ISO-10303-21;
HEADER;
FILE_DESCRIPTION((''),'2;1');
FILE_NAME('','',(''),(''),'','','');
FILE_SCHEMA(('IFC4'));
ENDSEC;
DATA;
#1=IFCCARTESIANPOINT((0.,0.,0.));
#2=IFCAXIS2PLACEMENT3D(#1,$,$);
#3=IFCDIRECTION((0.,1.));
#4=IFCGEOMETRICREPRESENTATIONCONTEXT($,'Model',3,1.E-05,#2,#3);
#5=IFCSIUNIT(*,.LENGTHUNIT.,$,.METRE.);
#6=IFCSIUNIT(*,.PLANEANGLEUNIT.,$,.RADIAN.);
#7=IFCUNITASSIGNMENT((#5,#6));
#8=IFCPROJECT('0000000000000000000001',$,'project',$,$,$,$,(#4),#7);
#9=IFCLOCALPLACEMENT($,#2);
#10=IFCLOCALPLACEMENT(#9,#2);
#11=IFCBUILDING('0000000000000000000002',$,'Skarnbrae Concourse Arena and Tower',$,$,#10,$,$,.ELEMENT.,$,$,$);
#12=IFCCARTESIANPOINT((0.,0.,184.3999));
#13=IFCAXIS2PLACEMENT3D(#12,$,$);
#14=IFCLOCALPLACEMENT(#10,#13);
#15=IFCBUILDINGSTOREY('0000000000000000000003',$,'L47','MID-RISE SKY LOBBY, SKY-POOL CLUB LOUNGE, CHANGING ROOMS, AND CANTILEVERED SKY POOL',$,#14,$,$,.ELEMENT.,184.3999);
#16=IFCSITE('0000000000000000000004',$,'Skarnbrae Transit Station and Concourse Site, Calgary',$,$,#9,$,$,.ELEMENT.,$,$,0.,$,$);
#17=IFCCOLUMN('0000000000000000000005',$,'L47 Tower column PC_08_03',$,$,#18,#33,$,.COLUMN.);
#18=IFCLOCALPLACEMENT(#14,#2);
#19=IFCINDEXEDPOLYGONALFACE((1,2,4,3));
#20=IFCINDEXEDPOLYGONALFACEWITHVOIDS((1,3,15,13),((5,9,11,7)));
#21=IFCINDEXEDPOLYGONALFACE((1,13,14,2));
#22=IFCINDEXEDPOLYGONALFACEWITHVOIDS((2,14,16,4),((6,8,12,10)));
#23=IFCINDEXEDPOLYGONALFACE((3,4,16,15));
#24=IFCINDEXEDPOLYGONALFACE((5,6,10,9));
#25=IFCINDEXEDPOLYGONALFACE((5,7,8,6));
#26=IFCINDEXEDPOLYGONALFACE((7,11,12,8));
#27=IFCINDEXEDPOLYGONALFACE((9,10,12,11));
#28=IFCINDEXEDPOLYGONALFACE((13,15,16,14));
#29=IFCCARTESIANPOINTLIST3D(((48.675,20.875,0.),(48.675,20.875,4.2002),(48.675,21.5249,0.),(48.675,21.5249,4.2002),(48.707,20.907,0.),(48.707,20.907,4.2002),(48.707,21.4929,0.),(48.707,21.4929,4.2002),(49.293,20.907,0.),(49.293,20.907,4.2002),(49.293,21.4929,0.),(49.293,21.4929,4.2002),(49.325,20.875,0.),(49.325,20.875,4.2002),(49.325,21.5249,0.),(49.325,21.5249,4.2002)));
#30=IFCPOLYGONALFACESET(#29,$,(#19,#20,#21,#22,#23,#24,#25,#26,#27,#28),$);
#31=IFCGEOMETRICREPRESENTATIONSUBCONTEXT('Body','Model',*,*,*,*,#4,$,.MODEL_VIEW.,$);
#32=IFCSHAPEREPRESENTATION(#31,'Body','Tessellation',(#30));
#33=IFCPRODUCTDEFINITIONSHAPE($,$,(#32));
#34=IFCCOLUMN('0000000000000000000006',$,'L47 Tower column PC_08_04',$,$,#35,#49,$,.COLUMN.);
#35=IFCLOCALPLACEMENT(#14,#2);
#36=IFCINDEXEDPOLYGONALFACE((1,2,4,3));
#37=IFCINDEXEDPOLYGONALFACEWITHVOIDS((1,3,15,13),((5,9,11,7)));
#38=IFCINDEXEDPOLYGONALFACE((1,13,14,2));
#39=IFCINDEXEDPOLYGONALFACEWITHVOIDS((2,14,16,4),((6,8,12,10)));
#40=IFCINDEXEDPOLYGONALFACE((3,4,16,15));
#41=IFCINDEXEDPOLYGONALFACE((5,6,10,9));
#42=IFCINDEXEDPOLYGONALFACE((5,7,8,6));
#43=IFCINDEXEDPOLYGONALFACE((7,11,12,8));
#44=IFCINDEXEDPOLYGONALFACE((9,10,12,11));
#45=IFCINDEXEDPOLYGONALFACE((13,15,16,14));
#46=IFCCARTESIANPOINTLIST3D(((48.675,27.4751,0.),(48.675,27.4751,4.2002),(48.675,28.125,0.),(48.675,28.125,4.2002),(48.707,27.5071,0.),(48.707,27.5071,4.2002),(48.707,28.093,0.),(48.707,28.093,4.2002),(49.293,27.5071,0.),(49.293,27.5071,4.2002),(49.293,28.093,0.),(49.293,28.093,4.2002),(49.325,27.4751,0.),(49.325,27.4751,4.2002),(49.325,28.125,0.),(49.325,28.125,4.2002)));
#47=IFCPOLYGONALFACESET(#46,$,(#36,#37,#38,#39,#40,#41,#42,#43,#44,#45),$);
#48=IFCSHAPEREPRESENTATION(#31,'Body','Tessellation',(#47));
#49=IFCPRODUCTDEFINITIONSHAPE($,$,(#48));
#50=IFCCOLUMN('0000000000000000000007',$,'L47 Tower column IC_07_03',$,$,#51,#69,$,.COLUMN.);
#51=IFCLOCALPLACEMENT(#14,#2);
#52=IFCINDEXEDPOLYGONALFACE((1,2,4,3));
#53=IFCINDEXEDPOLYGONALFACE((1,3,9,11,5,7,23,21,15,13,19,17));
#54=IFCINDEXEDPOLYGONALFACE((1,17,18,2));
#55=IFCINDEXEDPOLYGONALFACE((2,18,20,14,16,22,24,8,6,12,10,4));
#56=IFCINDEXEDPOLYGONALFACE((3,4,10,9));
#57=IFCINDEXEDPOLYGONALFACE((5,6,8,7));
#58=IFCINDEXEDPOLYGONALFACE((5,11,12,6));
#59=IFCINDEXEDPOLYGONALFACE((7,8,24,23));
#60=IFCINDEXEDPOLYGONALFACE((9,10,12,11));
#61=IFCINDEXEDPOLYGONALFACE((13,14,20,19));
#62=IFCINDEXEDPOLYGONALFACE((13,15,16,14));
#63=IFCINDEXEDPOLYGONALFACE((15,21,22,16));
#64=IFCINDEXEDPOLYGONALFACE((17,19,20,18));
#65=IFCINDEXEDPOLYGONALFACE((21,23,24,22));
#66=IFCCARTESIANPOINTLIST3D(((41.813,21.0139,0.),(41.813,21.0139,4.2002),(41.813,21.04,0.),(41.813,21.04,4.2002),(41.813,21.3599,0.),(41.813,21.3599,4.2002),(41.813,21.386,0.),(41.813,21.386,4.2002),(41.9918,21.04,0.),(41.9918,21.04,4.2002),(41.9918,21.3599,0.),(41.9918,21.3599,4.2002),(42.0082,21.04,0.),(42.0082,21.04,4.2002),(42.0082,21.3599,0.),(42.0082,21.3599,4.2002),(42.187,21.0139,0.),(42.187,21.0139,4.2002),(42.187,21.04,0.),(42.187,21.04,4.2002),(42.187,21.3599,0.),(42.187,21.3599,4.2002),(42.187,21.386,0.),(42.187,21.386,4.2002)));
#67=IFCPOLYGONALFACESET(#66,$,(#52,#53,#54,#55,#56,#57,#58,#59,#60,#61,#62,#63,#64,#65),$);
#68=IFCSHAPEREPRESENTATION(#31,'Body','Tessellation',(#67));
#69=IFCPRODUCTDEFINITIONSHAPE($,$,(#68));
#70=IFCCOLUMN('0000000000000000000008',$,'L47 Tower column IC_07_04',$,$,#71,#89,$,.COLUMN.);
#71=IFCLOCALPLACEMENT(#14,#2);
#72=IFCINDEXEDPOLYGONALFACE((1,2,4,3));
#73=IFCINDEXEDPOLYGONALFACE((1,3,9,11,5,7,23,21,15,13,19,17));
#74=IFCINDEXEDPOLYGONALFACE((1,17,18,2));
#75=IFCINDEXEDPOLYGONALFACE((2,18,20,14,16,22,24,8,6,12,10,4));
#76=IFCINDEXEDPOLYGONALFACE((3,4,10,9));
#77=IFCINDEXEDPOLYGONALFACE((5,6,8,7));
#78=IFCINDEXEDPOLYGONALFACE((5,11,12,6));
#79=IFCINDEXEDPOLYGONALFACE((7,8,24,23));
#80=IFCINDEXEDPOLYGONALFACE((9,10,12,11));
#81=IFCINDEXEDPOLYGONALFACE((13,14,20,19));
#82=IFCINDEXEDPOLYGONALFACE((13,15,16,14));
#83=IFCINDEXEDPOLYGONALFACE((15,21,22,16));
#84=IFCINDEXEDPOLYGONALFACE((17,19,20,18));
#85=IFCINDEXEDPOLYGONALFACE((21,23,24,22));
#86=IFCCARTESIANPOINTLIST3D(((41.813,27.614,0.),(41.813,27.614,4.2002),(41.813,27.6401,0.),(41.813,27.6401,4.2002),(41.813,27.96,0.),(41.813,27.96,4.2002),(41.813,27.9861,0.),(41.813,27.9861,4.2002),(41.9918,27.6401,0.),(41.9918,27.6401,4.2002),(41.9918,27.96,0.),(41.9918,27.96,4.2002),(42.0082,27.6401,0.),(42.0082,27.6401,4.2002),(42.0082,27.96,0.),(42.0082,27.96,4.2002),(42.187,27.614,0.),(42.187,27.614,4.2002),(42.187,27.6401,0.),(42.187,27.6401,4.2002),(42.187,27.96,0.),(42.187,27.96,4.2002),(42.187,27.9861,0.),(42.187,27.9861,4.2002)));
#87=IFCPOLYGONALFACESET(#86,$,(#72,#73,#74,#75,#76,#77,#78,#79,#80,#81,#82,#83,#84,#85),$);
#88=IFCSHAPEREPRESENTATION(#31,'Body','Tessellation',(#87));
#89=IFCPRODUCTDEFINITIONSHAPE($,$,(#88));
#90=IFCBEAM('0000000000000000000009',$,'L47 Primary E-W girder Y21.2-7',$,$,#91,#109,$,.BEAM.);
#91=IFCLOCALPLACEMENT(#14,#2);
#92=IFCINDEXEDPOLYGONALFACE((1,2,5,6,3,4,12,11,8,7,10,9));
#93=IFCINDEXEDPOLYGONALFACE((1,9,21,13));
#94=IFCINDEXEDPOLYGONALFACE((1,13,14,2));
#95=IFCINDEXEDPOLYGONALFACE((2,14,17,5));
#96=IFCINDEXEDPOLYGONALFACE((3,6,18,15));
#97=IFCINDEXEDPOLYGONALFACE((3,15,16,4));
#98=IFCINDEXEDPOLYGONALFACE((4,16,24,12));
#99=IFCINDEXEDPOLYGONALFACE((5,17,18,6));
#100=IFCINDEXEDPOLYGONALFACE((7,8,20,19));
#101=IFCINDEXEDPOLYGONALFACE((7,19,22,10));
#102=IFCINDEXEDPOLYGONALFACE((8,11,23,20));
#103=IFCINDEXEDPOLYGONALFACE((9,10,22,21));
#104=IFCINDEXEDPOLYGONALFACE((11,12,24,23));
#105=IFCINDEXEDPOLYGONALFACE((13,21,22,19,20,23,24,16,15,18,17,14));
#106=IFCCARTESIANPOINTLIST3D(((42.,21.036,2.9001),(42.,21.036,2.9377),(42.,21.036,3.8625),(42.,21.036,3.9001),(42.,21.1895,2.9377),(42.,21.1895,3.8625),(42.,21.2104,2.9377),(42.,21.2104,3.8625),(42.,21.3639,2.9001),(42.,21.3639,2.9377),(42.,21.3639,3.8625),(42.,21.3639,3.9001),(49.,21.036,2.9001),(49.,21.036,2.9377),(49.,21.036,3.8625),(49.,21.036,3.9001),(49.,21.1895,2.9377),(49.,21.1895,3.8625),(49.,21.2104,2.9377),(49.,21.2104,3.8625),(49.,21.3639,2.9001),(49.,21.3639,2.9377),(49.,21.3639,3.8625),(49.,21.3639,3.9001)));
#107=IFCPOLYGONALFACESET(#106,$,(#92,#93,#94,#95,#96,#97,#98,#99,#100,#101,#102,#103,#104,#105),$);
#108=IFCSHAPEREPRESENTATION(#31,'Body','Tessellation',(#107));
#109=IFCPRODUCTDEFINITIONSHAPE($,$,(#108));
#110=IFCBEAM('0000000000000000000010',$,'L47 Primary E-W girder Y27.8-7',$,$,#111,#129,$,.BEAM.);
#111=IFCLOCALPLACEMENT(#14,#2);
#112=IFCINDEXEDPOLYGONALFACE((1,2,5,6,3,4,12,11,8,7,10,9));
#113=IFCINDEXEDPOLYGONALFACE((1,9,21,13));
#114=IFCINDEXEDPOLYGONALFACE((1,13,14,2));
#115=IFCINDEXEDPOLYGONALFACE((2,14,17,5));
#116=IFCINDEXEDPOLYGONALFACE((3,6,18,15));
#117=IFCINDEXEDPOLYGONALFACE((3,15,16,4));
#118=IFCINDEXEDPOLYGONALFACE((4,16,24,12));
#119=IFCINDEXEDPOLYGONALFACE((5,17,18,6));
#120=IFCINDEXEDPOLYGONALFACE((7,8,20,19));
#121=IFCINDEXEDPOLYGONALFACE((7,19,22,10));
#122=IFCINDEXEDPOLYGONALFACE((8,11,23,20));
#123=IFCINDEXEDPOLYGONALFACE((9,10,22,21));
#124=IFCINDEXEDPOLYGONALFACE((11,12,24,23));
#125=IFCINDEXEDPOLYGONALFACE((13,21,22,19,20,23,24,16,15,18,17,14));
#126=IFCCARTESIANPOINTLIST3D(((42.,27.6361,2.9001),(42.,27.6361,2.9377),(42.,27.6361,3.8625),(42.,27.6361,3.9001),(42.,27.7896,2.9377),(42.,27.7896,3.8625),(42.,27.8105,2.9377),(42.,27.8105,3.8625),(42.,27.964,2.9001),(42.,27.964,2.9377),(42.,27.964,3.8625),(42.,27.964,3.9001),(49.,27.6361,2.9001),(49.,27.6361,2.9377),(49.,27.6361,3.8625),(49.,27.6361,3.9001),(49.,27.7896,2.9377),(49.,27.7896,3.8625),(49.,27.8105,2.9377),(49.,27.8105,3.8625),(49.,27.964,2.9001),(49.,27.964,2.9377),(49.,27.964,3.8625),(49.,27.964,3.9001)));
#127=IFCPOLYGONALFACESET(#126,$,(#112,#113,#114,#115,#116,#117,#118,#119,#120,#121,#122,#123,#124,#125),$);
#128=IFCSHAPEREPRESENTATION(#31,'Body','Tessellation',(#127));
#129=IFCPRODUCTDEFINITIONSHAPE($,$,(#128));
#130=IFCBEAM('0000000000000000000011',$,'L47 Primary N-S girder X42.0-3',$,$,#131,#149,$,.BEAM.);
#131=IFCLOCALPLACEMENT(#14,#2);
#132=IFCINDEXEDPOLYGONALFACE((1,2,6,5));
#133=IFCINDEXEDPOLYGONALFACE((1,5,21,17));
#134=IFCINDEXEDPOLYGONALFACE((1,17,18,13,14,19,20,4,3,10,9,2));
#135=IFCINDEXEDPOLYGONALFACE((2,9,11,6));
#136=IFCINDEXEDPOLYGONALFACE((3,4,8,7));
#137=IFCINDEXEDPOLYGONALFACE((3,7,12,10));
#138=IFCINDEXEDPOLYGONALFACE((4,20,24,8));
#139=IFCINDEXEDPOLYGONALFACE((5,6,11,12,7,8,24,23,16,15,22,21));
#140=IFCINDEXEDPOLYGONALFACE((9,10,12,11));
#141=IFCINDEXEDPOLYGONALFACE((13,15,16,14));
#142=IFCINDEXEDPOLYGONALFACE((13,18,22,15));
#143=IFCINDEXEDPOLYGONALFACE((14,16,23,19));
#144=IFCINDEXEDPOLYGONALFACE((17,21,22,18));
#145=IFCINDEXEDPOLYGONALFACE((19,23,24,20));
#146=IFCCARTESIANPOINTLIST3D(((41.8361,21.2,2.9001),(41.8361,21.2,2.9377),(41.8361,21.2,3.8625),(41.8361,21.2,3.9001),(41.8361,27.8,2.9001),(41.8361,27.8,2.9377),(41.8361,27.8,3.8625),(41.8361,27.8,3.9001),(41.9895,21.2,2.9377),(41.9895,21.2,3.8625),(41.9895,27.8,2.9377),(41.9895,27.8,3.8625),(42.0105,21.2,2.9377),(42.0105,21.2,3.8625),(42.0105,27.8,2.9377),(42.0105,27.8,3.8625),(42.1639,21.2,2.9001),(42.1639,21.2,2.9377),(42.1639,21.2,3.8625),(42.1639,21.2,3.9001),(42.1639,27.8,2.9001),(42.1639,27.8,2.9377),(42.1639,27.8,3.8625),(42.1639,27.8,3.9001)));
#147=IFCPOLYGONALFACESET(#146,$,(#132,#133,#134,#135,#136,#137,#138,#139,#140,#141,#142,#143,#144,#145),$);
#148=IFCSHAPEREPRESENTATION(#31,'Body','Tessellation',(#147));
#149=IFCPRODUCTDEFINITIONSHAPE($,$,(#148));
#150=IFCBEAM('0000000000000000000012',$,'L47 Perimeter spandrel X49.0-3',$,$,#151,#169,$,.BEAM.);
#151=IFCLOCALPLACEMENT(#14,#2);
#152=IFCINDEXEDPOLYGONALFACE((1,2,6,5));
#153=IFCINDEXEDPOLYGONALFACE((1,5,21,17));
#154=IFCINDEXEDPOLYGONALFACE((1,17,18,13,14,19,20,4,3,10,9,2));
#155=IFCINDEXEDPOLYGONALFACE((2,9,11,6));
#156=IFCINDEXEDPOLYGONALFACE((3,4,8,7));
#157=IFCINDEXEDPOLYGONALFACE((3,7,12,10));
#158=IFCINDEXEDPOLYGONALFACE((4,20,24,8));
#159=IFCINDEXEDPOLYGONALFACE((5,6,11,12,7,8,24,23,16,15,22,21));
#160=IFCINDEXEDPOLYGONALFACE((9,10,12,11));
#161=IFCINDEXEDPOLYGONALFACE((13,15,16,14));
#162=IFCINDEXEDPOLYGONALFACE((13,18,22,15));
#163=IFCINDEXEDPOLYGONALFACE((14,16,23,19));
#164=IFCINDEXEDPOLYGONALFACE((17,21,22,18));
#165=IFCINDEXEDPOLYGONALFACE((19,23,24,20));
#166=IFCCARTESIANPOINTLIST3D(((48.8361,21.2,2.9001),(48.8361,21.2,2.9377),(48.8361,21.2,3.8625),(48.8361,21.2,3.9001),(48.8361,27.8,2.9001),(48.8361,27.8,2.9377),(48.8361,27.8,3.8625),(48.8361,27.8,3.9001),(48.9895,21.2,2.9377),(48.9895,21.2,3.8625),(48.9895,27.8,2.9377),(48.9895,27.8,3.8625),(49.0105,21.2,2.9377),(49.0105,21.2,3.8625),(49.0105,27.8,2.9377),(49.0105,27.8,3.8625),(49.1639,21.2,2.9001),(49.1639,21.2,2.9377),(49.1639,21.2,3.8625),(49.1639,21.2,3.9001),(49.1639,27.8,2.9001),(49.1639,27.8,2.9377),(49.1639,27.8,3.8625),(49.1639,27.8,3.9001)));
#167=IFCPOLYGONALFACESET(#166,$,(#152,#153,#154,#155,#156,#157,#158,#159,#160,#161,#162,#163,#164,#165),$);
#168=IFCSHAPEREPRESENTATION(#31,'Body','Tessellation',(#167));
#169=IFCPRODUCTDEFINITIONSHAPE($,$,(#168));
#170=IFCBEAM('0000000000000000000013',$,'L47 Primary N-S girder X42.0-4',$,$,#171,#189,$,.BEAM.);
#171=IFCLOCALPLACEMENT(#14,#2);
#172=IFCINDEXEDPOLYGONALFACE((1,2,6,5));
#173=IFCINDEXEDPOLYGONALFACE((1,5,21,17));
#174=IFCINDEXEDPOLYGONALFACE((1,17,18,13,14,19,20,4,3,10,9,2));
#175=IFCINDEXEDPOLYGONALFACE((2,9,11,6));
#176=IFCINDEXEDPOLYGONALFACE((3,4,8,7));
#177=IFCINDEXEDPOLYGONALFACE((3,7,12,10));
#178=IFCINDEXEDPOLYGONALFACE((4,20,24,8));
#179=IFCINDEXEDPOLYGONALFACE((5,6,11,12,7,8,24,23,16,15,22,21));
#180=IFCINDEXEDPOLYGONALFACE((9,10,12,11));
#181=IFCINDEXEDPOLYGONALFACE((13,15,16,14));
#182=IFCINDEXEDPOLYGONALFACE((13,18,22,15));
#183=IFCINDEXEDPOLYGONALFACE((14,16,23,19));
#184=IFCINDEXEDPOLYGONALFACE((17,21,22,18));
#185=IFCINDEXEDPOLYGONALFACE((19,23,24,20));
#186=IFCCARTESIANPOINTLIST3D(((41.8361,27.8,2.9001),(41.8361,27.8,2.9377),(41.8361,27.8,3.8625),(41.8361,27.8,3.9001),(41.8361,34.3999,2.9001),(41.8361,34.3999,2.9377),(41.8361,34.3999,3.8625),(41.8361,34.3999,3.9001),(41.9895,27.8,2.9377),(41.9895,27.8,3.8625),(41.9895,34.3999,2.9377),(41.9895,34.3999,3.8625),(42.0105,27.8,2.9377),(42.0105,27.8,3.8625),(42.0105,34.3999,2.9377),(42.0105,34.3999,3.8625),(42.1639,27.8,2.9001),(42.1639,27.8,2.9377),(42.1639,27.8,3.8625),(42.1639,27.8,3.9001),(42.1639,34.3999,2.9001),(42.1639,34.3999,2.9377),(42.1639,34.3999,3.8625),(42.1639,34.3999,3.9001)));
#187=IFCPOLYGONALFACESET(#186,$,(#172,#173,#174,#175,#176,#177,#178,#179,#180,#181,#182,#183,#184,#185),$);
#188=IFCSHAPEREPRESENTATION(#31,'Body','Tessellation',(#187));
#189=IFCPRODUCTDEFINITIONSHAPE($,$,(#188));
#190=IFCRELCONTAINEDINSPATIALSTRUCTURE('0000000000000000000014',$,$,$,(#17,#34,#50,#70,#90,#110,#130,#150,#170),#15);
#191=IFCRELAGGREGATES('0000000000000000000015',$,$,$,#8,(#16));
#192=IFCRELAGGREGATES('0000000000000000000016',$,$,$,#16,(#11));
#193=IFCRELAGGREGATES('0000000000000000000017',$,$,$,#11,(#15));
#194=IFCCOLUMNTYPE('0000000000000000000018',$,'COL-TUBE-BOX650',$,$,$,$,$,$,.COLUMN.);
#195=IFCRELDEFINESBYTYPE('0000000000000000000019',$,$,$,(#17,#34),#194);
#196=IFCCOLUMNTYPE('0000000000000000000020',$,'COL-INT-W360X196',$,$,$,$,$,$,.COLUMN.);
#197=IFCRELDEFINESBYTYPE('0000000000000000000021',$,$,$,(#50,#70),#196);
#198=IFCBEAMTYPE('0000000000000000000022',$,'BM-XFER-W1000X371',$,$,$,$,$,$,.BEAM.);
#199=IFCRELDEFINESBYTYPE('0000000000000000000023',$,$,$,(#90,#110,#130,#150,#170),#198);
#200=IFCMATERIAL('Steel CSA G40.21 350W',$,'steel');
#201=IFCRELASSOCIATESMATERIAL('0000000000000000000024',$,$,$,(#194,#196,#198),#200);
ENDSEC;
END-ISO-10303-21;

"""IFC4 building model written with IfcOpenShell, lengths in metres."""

from ifc_helpers import new_model, si_unit, direction, frame, origin, origin_2d, place, context, subcontext, project, spatial, hollow_rectangle, i_section, extrude, source, transform, mapped, material, material_profile, profile_set, type_object, element, save


model = new_model("IFC4")

# Units and contexts
model_context = context("Model", 3, precision=1e-05, world=origin(), true_north=direction((0.0, 1.0)))
body_context = subcontext(model_context, "Body", "Model", "MODEL_VIEW")
ifc_project = project(units=[si_unit("LENGTHUNIT", "METRE"), si_unit("PLANEANGLEUNIT", "RADIAN")], contexts=[model_context])

# Site, building, storey
site_placement = place(None, origin())
site = spatial("IfcSite", under=ifc_project, at=site_placement, Name="Skarnbrae Transit Station and Concourse Site, Calgary", CompositionType="ELEMENT", RefElevation=0.0)
building_placement = place(site_placement, origin())
building = spatial("IfcBuilding", under=site, at=building_placement, Name="Skarnbrae Concourse Arena and Tower", CompositionType="ELEMENT")
storey_placement = place(building_placement, frame((0.0, 0.0, 184.3999)))
storey = spatial("IfcBuildingStorey", under=building, at=storey_placement, Name="L47", Description="MID-RISE SKY LOBBY, SKY-POOL CLUB LOUNGE, CHANGING ROOMS, AND CANTILEVERED SKY POOL", CompositionType="ELEMENT", Elevation=184.3999)

# Columns
ifc_material_1 = material(Name="Steel CSA G40.21 350W", Category="steel")
ifc_material_profile_1 = material_profile(ifc_material_1, hollow_rectangle(XDim=0.6499, YDim=0.6499, WallThickness=0.032, at=origin_2d()), Name="BOX650X650X32")
ifc_profile_set_1 = profile_set([ifc_material_profile_1], Name="Steel CSA G40.21 350W")
column_type_1 = type_object("IfcColumnType", Name="COL-TUBE-BOX650", PredefinedType="COLUMN", material=ifc_profile_set_1)
shared_shape_1 = source(origin(), body_context, "Body", "SweptSolid", [
    extrude(hollow_rectangle(XDim=0.6499, YDim=0.6499, WallThickness=0.032, at=origin_2d()), origin(), (0.0, 0.0, 1.0), 4.2002),
])
for number, where, z_axis, x_axis, name in (
    (1, (49.0, 21.2, 0.0), (0.0, 0.0, 1.0), (1.0, 0.0, 0.0), "L47 Tower column PC_08_03"),
    (2, (49.0, 27.8, 0.0), (0.0, 0.0, 1.0), (1.0, 0.0, 0.0), "L47 Tower column PC_08_04"),
):
    element("IfcColumn", number, at=place(storey_placement, frame(where, z_axis=z_axis, x_axis=x_axis)), inside=storey, type_object=column_type_1, Name=name, PredefinedType="COLUMN", context=body_context, shape_type="MappedRepresentation", body=[
        mapped(shared_shape_1, transform((0.0, 0.0, 0.0))),
    ])
ifc_material_profile_2 = material_profile(ifc_material_1, i_section(OverallWidth=0.374, OverallDepth=0.3721, WebThickness=0.0164, FlangeThickness=0.0261, at=origin_2d()), Name="W360X196")
ifc_profile_set_2 = profile_set([ifc_material_profile_2], Name="Steel CSA G40.21 350W")
column_type_2 = type_object("IfcColumnType", Name="COL-INT-W360X196", PredefinedType="COLUMN", material=ifc_profile_set_2)
shared_shape_2 = source(origin(), body_context, "Body", "SweptSolid", [
    extrude(i_section(OverallWidth=0.374, OverallDepth=0.3721, WebThickness=0.0164, FlangeThickness=0.0261, at=origin_2d()), origin(), (0.0, 0.0, 1.0), 4.2002),
])
for number, where, z_axis, x_axis, name in (
    (3, (42.0, 21.2, 0.0), (0.0, 0.0, 1.0), (1.0, 0.0, 0.0), "L47 Tower column IC_07_03"),
    (4, (42.0, 27.8, 0.0), (0.0, 0.0, 1.0), (1.0, 0.0, 0.0), "L47 Tower column IC_07_04"),
):
    element("IfcColumn", number, at=place(storey_placement, frame(where, z_axis=z_axis, x_axis=x_axis)), inside=storey, type_object=column_type_2, Name=name, PredefinedType="COLUMN", context=body_context, shape_type="MappedRepresentation", body=[
        mapped(shared_shape_2, transform((0.0, 0.0, 0.0))),
    ])

# Beams
ifc_material_profile_3 = material_profile(ifc_material_1, i_section(OverallWidth=0.3279, OverallDepth=1.0, WebThickness=0.021, FlangeThickness=0.0376, at=origin_2d()), Name="W1000X371")
ifc_profile_set_3 = profile_set([ifc_material_profile_3], Name="Steel CSA G40.21 350W")
beam_type_1 = type_object("IfcBeamType", Name="BM-XFER-W1000X371", PredefinedType="BEAM", material=ifc_profile_set_3)
shared_shape_3 = source(origin(), body_context, "Body", "SweptSolid", [
    extrude(i_section(OverallWidth=0.3279, OverallDepth=1.0, WebThickness=0.021, FlangeThickness=0.0376, at=origin_2d()), origin(), (0.0, 0.0, 1.0), 7.0),
])
for number, where, z_axis, x_axis, name in (
    (5, (42.0, 21.2, 3.4001), (1.0, 0.0, 0.0), (0.0, 1.0, 0.0), "L47 Primary E-W girder Y21.2-7"),
    (6, (42.0, 27.8, 3.4001), (1.0, 0.0, 0.0), (0.0, 1.0, 0.0), "L47 Primary E-W girder Y27.8-7"),
):
    element("IfcBeam", number, at=place(storey_placement, frame(where, z_axis=z_axis, x_axis=x_axis)), inside=storey, type_object=beam_type_1, Name=name, PredefinedType="BEAM", context=body_context, shape_type="MappedRepresentation", body=[
        mapped(shared_shape_3, transform((0.0, 0.0, 0.0))),
    ])
shared_shape_4 = source(origin(), body_context, "Body", "SweptSolid", [
    extrude(i_section(OverallWidth=0.3279, OverallDepth=1.0, WebThickness=0.021, FlangeThickness=0.0376, at=origin_2d()), origin(), (0.0, 0.0, 1.0), 6.6001),
])
for number, where, z_axis, x_axis, name in (
    (7, (42.0, 21.2, 3.4001), (0.0, 1.0, 0.0), (-1.0, 0.0, 0.0), "L47 Primary N-S girder X42.0-3"),
    (8, (49.0, 21.2, 3.4001), (0.0, 1.0, 0.0), (-1.0, 0.0, 0.0), "L47 Perimeter spandrel X49.0-3"),
):
    element("IfcBeam", number, at=place(storey_placement, frame(where, z_axis=z_axis, x_axis=x_axis)), inside=storey, type_object=beam_type_1, Name=name, PredefinedType="BEAM", context=body_context, shape_type="MappedRepresentation", body=[
        mapped(shared_shape_4, transform((0.0, 0.0, 0.0))),
    ])
shared_shape_5 = source(origin(), body_context, "Body", "SweptSolid", [
    extrude(i_section(OverallWidth=0.3279, OverallDepth=1.0, WebThickness=0.021, FlangeThickness=0.0376, at=origin_2d()), origin(), (0.0, 0.0, 1.0), 6.5999),
])
beam_placement = place(storey_placement, frame((42.0, 27.8, 3.4001), z_axis=(0.0, 1.0, 0.0), x_axis=(-1.0, 0.0, 0.0)))
element("IfcBeam", 9, at=beam_placement, inside=storey, type_object=beam_type_1, Name="L47 Primary N-S girder X42.0-4", PredefinedType="BEAM", context=body_context, shape_type="MappedRepresentation", body=[
    mapped(shared_shape_5, transform((0.0, 0.0, 0.0))),
])

save(model, "model.ifc")
